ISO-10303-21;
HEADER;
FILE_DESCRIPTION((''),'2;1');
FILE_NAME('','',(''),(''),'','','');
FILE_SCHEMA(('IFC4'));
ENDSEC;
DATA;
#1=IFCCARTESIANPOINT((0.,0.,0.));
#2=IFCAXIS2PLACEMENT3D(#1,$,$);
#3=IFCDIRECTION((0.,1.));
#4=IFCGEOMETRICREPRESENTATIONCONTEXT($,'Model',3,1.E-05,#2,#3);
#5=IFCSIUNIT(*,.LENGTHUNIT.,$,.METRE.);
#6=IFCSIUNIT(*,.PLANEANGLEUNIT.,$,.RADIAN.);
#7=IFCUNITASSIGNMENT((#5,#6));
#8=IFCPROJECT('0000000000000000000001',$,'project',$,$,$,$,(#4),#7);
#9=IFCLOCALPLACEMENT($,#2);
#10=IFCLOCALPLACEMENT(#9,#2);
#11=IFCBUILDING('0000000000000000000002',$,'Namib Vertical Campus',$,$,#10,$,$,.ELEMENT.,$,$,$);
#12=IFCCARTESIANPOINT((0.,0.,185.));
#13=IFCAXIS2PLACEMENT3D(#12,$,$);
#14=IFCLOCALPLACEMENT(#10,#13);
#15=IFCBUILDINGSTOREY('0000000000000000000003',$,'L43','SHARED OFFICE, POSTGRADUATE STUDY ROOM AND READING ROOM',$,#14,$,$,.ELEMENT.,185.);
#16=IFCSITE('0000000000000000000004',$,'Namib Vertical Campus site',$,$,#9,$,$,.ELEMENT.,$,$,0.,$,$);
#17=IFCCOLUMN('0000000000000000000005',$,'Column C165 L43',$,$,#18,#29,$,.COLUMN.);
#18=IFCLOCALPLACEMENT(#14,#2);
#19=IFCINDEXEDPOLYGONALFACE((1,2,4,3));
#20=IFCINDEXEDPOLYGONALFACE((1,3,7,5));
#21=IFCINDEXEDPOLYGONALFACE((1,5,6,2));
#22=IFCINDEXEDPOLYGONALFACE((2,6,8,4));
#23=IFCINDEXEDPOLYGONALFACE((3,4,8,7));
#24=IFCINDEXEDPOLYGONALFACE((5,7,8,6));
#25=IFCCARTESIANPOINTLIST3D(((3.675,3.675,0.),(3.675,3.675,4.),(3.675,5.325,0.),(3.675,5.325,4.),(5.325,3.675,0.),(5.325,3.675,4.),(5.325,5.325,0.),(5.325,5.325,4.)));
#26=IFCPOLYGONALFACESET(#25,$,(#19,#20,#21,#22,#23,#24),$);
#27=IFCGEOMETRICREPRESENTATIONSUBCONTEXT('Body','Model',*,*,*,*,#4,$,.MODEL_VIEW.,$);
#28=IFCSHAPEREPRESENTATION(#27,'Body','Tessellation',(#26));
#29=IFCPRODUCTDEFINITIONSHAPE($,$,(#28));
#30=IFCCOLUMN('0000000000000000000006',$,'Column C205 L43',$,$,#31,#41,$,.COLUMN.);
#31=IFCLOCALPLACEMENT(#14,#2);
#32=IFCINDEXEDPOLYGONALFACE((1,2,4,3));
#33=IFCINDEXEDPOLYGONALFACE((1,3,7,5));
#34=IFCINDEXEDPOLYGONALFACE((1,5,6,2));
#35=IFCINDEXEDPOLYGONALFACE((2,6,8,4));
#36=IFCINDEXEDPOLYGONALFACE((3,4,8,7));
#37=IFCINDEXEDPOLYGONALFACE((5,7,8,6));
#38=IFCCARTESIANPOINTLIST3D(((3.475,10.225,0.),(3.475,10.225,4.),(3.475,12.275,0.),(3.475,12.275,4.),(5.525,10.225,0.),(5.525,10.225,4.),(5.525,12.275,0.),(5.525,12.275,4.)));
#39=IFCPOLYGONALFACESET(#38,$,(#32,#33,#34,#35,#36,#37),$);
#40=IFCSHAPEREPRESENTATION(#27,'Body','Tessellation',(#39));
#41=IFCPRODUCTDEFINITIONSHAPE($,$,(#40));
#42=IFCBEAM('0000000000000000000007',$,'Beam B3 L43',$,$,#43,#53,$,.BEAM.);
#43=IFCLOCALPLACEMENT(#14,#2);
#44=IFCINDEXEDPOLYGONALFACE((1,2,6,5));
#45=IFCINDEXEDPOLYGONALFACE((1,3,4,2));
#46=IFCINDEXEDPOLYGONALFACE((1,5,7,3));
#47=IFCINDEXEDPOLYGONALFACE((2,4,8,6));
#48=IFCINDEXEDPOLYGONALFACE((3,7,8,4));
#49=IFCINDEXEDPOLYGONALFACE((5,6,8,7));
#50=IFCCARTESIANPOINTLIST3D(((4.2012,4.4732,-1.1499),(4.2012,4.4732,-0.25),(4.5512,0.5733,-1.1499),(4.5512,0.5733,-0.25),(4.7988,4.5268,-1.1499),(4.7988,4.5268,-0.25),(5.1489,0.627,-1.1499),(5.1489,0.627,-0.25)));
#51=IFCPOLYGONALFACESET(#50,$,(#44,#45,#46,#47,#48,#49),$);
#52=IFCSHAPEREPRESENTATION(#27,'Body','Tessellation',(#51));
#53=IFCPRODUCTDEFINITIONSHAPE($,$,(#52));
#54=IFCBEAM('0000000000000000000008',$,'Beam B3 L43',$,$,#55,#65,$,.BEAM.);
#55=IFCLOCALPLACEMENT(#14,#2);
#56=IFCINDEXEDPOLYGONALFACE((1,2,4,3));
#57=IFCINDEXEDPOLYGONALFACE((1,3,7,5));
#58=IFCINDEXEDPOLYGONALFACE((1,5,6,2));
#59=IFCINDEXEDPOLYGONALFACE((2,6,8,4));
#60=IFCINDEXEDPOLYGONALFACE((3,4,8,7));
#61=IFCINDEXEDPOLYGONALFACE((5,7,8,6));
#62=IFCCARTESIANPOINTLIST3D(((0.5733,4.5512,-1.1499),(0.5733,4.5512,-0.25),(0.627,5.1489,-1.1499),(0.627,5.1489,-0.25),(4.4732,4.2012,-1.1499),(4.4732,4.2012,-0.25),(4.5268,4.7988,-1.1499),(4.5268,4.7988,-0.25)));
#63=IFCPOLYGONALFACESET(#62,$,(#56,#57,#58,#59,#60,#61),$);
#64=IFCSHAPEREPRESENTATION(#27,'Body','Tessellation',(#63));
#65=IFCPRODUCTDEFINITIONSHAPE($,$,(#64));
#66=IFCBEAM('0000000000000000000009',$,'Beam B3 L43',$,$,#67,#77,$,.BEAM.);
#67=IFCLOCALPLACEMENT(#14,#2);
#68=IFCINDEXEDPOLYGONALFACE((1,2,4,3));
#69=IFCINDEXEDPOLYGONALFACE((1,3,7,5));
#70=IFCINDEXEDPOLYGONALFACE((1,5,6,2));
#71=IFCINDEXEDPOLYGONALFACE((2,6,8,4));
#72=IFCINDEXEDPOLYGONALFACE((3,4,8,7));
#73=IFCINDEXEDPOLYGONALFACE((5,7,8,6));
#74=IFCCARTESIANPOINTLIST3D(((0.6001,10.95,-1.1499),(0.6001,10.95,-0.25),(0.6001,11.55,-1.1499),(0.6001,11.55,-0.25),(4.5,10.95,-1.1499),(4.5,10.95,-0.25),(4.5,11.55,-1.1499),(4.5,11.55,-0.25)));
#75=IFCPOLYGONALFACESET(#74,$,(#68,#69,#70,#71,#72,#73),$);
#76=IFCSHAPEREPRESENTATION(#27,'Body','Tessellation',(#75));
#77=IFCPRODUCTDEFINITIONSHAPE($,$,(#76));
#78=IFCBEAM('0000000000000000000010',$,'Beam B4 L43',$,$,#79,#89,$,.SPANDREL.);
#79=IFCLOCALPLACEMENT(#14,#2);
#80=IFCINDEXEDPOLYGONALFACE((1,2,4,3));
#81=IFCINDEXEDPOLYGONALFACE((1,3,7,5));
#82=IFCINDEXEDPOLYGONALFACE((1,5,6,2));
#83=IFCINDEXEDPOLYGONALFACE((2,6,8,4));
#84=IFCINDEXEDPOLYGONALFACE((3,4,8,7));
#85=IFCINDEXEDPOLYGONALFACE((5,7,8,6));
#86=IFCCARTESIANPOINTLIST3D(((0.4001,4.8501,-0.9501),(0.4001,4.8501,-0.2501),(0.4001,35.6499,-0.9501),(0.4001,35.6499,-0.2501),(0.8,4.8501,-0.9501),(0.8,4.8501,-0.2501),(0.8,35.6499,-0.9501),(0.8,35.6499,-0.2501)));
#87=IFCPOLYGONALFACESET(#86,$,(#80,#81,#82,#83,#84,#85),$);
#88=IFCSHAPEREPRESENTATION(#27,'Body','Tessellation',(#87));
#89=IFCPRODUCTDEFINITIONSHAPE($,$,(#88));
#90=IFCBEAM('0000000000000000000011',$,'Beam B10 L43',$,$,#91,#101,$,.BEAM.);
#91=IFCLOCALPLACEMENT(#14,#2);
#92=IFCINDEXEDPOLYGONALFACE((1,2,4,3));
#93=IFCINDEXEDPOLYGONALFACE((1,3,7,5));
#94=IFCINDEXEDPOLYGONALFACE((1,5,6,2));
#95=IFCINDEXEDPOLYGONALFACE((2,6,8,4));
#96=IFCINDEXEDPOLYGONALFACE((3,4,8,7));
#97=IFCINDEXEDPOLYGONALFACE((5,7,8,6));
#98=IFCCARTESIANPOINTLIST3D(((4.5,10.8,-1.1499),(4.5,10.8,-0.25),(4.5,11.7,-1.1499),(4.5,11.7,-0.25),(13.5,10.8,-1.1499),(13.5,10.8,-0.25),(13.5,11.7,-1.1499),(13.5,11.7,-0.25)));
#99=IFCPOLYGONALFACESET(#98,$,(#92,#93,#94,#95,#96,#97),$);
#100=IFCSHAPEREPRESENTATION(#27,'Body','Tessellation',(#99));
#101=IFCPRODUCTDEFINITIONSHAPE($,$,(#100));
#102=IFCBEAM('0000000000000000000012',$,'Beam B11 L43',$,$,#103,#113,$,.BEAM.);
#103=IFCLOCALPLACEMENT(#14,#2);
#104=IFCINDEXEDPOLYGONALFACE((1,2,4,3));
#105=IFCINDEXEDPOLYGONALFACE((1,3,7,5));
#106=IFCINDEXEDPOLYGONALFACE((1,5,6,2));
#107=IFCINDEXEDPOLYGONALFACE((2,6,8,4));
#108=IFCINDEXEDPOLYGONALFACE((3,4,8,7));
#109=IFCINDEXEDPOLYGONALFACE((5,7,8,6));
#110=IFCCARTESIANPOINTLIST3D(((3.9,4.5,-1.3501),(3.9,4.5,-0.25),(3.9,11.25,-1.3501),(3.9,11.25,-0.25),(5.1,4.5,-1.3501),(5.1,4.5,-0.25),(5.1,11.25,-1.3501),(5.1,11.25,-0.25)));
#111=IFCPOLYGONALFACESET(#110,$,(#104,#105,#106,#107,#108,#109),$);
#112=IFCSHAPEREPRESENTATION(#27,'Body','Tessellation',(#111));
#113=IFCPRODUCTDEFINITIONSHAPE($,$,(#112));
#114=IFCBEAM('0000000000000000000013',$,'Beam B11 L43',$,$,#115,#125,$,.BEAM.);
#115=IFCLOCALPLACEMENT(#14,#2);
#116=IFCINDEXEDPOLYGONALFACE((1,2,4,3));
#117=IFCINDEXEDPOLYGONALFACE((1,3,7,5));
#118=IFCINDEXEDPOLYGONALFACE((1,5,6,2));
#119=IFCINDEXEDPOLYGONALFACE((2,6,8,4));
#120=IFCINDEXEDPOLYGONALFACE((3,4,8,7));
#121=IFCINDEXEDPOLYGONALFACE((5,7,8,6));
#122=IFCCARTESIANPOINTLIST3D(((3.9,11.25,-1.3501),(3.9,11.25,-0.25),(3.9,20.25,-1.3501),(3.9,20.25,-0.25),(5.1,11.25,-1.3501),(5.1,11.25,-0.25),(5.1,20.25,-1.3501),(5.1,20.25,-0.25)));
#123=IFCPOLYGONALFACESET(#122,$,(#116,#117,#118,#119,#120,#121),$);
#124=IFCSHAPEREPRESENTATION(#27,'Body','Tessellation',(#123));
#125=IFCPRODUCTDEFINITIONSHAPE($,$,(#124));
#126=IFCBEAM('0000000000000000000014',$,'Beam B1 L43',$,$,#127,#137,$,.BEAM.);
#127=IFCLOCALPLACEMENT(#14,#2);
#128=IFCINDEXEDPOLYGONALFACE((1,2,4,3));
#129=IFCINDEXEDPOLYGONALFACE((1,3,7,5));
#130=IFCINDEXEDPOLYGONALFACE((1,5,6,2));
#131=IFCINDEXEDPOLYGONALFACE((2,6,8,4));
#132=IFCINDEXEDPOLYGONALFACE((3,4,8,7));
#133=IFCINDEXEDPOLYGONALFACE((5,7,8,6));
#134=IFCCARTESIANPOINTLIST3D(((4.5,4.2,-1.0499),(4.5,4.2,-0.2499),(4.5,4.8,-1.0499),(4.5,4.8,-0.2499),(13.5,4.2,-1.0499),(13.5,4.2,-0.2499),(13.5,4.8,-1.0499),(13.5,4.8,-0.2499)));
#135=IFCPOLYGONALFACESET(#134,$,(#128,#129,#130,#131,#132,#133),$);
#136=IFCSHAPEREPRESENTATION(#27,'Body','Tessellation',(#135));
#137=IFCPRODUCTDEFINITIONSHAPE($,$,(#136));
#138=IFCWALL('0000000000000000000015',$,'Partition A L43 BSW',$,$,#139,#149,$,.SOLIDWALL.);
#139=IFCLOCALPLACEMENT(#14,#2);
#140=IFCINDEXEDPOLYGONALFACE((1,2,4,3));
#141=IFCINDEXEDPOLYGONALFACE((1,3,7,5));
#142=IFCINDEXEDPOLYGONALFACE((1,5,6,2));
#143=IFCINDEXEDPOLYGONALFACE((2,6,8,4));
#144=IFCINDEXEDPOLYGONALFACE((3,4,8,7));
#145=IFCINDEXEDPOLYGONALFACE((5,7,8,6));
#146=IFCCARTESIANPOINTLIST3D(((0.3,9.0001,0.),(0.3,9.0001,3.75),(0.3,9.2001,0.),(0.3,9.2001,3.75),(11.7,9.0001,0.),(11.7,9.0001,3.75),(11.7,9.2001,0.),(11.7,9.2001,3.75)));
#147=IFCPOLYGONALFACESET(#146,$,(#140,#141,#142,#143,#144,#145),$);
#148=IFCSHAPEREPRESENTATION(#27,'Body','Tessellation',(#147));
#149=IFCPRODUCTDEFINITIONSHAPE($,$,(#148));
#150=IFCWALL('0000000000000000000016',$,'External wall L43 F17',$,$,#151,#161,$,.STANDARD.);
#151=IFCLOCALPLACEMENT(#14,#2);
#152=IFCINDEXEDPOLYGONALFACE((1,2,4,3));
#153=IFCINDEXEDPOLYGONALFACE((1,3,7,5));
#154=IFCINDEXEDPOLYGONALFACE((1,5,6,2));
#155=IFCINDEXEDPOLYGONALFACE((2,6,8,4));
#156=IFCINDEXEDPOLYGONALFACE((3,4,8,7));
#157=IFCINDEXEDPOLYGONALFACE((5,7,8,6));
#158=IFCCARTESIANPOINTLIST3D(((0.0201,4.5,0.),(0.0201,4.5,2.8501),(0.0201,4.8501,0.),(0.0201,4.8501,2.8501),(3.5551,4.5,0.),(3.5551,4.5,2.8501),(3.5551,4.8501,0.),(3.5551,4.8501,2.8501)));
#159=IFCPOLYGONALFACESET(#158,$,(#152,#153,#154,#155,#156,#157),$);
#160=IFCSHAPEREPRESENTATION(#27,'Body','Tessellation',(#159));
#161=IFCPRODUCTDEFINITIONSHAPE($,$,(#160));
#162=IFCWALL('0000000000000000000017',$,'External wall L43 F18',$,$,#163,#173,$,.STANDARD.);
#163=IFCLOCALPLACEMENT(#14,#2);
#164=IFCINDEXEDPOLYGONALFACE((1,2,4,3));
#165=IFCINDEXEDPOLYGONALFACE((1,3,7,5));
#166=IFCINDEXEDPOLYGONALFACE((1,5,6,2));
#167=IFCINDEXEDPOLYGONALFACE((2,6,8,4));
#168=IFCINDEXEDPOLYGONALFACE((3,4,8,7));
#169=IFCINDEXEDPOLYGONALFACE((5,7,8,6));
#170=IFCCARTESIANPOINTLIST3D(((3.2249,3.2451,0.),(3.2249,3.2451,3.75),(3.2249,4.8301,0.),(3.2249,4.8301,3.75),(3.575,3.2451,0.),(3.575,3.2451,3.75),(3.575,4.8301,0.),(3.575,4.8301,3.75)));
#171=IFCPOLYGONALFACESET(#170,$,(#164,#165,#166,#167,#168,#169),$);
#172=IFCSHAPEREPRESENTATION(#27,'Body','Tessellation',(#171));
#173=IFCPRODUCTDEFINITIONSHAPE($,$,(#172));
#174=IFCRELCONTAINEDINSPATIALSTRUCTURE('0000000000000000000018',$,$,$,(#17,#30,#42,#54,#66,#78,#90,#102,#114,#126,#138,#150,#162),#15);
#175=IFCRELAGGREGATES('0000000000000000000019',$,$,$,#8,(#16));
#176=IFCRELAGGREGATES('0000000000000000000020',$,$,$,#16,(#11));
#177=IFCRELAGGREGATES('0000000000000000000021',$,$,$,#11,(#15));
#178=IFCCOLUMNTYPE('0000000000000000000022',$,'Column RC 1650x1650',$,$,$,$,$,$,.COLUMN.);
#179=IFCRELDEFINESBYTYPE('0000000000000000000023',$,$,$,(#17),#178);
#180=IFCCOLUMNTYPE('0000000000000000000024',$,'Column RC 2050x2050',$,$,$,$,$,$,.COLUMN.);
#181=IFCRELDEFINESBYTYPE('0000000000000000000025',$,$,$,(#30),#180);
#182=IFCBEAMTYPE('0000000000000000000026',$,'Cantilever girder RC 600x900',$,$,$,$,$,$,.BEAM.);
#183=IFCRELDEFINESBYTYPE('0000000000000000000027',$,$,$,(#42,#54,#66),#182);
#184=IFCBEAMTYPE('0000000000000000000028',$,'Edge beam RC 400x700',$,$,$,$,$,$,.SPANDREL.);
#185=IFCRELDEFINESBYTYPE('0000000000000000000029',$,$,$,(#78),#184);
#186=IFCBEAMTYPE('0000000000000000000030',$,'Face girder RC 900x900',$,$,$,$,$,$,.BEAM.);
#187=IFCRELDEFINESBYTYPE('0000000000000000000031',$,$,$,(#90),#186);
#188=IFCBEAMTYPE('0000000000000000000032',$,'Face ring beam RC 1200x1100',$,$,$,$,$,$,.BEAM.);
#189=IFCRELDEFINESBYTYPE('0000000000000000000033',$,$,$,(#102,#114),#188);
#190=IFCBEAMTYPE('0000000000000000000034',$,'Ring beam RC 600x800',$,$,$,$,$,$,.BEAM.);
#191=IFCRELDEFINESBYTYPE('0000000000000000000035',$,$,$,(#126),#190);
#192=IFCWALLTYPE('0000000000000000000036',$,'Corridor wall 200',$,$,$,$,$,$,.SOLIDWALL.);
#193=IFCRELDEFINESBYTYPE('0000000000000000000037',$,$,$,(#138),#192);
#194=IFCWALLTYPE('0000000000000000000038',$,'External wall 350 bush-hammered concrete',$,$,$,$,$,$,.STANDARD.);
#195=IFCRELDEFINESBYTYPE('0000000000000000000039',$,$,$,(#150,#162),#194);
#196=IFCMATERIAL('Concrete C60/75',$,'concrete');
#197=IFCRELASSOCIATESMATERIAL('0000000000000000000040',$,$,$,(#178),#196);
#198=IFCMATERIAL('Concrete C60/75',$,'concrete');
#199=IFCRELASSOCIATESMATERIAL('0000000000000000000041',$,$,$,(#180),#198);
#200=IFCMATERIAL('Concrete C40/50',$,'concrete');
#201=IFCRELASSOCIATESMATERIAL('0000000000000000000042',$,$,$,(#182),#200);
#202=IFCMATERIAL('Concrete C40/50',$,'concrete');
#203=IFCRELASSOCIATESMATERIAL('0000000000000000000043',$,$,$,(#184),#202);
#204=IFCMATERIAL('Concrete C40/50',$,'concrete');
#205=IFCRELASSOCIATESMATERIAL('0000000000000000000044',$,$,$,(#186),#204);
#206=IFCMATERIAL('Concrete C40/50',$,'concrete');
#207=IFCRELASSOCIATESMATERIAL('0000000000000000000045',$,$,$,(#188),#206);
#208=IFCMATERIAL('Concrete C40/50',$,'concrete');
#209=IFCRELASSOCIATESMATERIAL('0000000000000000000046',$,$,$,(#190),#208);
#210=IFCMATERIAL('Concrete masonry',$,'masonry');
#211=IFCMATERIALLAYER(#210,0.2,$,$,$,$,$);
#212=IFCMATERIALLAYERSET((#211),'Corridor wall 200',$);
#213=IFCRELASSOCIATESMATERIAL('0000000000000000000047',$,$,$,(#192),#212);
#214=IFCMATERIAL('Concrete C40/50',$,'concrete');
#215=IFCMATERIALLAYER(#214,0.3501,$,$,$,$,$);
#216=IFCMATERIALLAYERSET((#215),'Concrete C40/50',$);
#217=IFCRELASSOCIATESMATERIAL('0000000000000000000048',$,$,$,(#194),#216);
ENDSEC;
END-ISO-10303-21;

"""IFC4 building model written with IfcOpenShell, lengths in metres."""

from ifc_helpers import new_model, si_unit, direction, frame, frame_2d, origin, origin_2d, place, context, subcontext, project, spatial, rectangle, extrude, material, layer, layer_set, material_profile, profile_set, type_object, element, save


model = new_model("IFC4")

# Units and contexts
model_context = context("Model", 3, precision=1e-05, world=origin(), true_north=direction((0.0, 1.0)))
body_context = subcontext(model_context, "Body", "Model", "MODEL_VIEW")
ifc_project = project(units=[si_unit("LENGTHUNIT", "METRE"), si_unit("PLANEANGLEUNIT", "RADIAN")], contexts=[model_context])

# Site, building, storey
site_placement = place(None, origin())
site = spatial("IfcSite", under=ifc_project, at=site_placement, Name="Namib Vertical Campus site", CompositionType="ELEMENT", RefElevation=0.0)
building_placement = place(site_placement, origin())
building = spatial("IfcBuilding", under=site, at=building_placement, Name="Namib Vertical Campus", CompositionType="ELEMENT")
storey_placement = place(building_placement, frame((0.0, 0.0, 185.0)))
storey = spatial("IfcBuildingStorey", under=building, at=storey_placement, Name="L43", Description="SHARED OFFICE, POSTGRADUATE STUDY ROOM AND READING ROOM", CompositionType="ELEMENT", Elevation=185.0)

# Columns
ifc_material_1 = material(Name="Concrete C60/75", Category="concrete")
ifc_material_profile_1 = material_profile(ifc_material_1, rectangle(XDim=1.6499, YDim=1.6499, at=origin_2d()))
ifc_profile_set_1 = profile_set([ifc_material_profile_1], Name="Concrete C60/75")
column_type_1 = type_object("IfcColumnType", Name="Column RC 1650x1650", PredefinedType="COLUMN", material=ifc_profile_set_1)
column_1_placement = place(storey_placement, frame((4.5, 4.5, 0.0), z_axis=(0.0, 0.0, 1.0), x_axis=(1.0, 0.0, 0.0)))
element("IfcColumn", 1, at=column_1_placement, inside=storey, type_object=column_type_1, Name="Column C165 L43", PredefinedType="COLUMN", context=body_context, shape_type="SweptSolid", body=[
    extrude(rectangle(XDim=1.6499, YDim=1.6499, at=origin_2d()), origin(), (0.0, 0.0, 1.0), 4.0),
])
ifc_material_2 = material(Name="Concrete C60/75", Category="concrete")
ifc_material_profile_2 = material_profile(ifc_material_2, rectangle(XDim=2.05, YDim=2.05, at=origin_2d()))
ifc_profile_set_2 = profile_set([ifc_material_profile_2], Name="Concrete C60/75")
column_type_2 = type_object("IfcColumnType", Name="Column RC 2050x2050", PredefinedType="COLUMN", material=ifc_profile_set_2)
column_2_placement = place(storey_placement, frame((4.5, 11.25, 0.0), z_axis=(0.0, 0.0, 1.0), x_axis=(1.0, 0.0, 0.0)))
element("IfcColumn", 2, at=column_2_placement, inside=storey, type_object=column_type_2, Name="Column C205 L43", PredefinedType="COLUMN", context=body_context, shape_type="SweptSolid", body=[
    extrude(rectangle(XDim=2.05, YDim=2.05, at=origin_2d()), origin(), (0.0, 0.0, 1.0), 4.0),
])

# Beams
ifc_material_3 = material(Name="Concrete C40/50", Category="concrete")
ifc_material_profile_3 = material_profile(ifc_material_3, rectangle(XDim=0.6001, YDim=0.8999, at=origin_2d()))
ifc_profile_set_3 = profile_set([ifc_material_profile_3], Name="Concrete C40/50")
beam_type_1 = type_object("IfcBeamType", Name="Cantilever girder RC 600x900", PredefinedType="BEAM", material=ifc_profile_set_3)
for number, where, z_axis, x_axis, name in (
    (3, (4.5, 4.5, -0.7), (0.089411, -0.995995, 0.0), (0.995995, 0.089411, 0.0), "Beam B3 L43"),
    (4, (4.5, 4.5, -0.7), (-0.995995, 0.089411, 0.0), (-0.089411, -0.995995, 0.0), "Beam B3 L43"),
):
    element("IfcBeam", number, at=place(storey_placement, frame(where, z_axis=z_axis, x_axis=x_axis)), inside=storey, type_object=beam_type_1, Name=name, PredefinedType="BEAM", context=body_context, shape_type="SweptSolid", body=[
        extrude(rectangle(XDim=0.6001, YDim=0.8999, at=origin_2d()), origin(), (0.0, 0.0, 1.0), 3.9155),
    ])
beam_1_placement = place(storey_placement, frame((4.5, 11.25, -0.7), z_axis=(-1.0, 0.0, 0.0), x_axis=(0.0, -1.0, 0.0)))
element("IfcBeam", 5, at=beam_1_placement, inside=storey, type_object=beam_type_1, Name="Beam B3 L43", PredefinedType="BEAM", context=body_context, shape_type="SweptSolid", body=[
    extrude(rectangle(XDim=0.6001, YDim=0.8999, at=origin_2d()), origin(), (0.0, 0.0, 1.0), 3.8999),
])
ifc_material_4 = material(Name="Concrete C40/50", Category="concrete")
ifc_material_profile_4 = material_profile(ifc_material_4, rectangle(XDim=0.3999, YDim=0.7, at=origin_2d()))
ifc_profile_set_4 = profile_set([ifc_material_profile_4], Name="Concrete C40/50")
beam_type_2 = type_object("IfcBeamType", Name="Edge beam RC 400x700", PredefinedType="SPANDREL", material=ifc_profile_set_4)
beam_2_placement = place(storey_placement, frame((0.6001, 4.8501, -0.6001), z_axis=(0.0, 1.0, 0.0), x_axis=(-1.0, 0.0, 0.0)))
element("IfcBeam", 6, at=beam_2_placement, inside=storey, type_object=beam_type_2, Name="Beam B4 L43", PredefinedType="SPANDREL", context=body_context, shape_type="SweptSolid", body=[
    extrude(rectangle(XDim=0.3999, YDim=0.7, at=origin_2d()), origin(), (0.0, 0.0, 1.0), 30.7998),
])
ifc_material_5 = material(Name="Concrete C40/50", Category="concrete")
ifc_material_profile_5 = material_profile(ifc_material_5, rectangle(XDim=0.8999, YDim=0.8999, at=origin_2d()))
ifc_profile_set_5 = profile_set([ifc_material_profile_5], Name="Concrete C40/50")
beam_type_3 = type_object("IfcBeamType", Name="Face girder RC 900x900", PredefinedType="BEAM", material=ifc_profile_set_5)
beam_3_placement = place(storey_placement, frame((4.5, 11.25, -0.7), z_axis=(1.0, 0.0, 0.0), x_axis=(0.0, 1.0, 0.0)))
element("IfcBeam", 7, at=beam_3_placement, inside=storey, type_object=beam_type_3, Name="Beam B10 L43", PredefinedType="BEAM", context=body_context, shape_type="SweptSolid", body=[
    extrude(rectangle(XDim=0.8999, YDim=0.8999, at=origin_2d()), origin(), (0.0, 0.0, 1.0), 9.0),
])
ifc_material_6 = material(Name="Concrete C40/50", Category="concrete")
ifc_material_profile_6 = material_profile(ifc_material_6, rectangle(XDim=1.2, YDim=1.1001, at=origin_2d()))
ifc_profile_set_6 = profile_set([ifc_material_profile_6], Name="Concrete C40/50")
beam_type_4 = type_object("IfcBeamType", Name="Face ring beam RC 1200x1100", PredefinedType="BEAM", material=ifc_profile_set_6)
beam_4_placement = place(storey_placement, frame((4.5, 4.5, -0.8), z_axis=(0.0, 1.0, 0.0), x_axis=(-1.0, 0.0, 0.0)))
element("IfcBeam", 8, at=beam_4_placement, inside=storey, type_object=beam_type_4, Name="Beam B11 L43", PredefinedType="BEAM", context=body_context, shape_type="SweptSolid", body=[
    extrude(rectangle(XDim=1.2, YDim=1.1001, at=origin_2d()), origin(), (0.0, 0.0, 1.0), 6.75),
])
beam_5_placement = place(storey_placement, frame((4.5, 11.25, -0.8), z_axis=(0.0, 1.0, 0.0), x_axis=(-1.0, 0.0, 0.0)))
element("IfcBeam", 9, at=beam_5_placement, inside=storey, type_object=beam_type_4, Name="Beam B11 L43", PredefinedType="BEAM", context=body_context, shape_type="SweptSolid", body=[
    extrude(rectangle(XDim=1.2, YDim=1.1001, at=origin_2d()), origin(), (0.0, 0.0, 1.0), 9.0),
])
ifc_material_7 = material(Name="Concrete C40/50", Category="concrete")
ifc_material_profile_7 = material_profile(ifc_material_7, rectangle(XDim=0.6001, YDim=0.8, at=origin_2d()))
ifc_profile_set_7 = profile_set([ifc_material_profile_7], Name="Concrete C40/50")
beam_type_5 = type_object("IfcBeamType", Name="Ring beam RC 600x800", PredefinedType="BEAM", material=ifc_profile_set_7)
beam_6_placement = place(storey_placement, frame((4.5, 4.5, -0.6499), z_axis=(1.0, 0.0, 0.0), x_axis=(0.0, 1.0, 0.0)))
element("IfcBeam", 10, at=beam_6_placement, inside=storey, type_object=beam_type_5, Name="Beam B1 L43", PredefinedType="BEAM", context=body_context, shape_type="SweptSolid", body=[
    extrude(rectangle(XDim=0.6001, YDim=0.8, at=origin_2d()), origin(), (0.0, 0.0, 1.0), 9.0),
])

# Walls
ifc_material_8 = material(Name="Concrete masonry", Category="masonry")
ifc_layer_1 = layer(ifc_material_8, 0.2)
ifc_layer_set_1 = layer_set([ifc_layer_1], Name="Corridor wall 200")
wall_type_1 = type_object("IfcWallType", Name="Corridor wall 200", PredefinedType="SOLIDWALL", material=ifc_layer_set_1)
wall_1_placement = place(storey_placement, frame((0.3, 9.1001, 0.0), z_axis=(0.0, 0.0, 1.0), x_axis=(1.0, 0.0, 0.0)))
element("IfcWall", 11, at=wall_1_placement, inside=storey, type_object=wall_type_1, Name="Partition A L43 BSW", PredefinedType="SOLIDWALL", context=body_context, shape_type="SweptSolid", body=[
    extrude(rectangle(XDim=11.3999, YDim=0.2, at=frame_2d((5.7, 0.0))), origin(), (0.0, 0.0, 1.0), 3.75),
])
ifc_material_9 = material(Name="Concrete C40/50", Category="concrete")
ifc_layer_2 = layer(ifc_material_9, 0.3501)
ifc_layer_set_2 = layer_set([ifc_layer_2], Name="Concrete C40/50")
wall_type_2 = type_object("IfcWallType", Name="External wall 350 bush-hammered concrete", PredefinedType="STANDARD", material=ifc_layer_set_2)
wall_2_placement = place(storey_placement, frame((0.02, 4.675, 0.0), z_axis=(0.0, 0.0, 1.0), x_axis=(1.0, 0.0, 0.0)))
element("IfcWall", 12, at=wall_2_placement, inside=storey, type_object=wall_type_2, Name="External wall L43 F17", PredefinedType="STANDARD", context=body_context, shape_type="SweptSolid", body=[
    extrude(rectangle(XDim=3.5349, YDim=0.3501, at=frame_2d((1.7676, 0.0))), origin(), (0.0, 0.0, 1.0), 2.8501),
])
for number, where, z_axis, x_axis, name in (
    (13, (3.3999, 4.8301, 0.0), (0.0, 0.0, 1.0), (0.0, -1.0, 0.0), "External wall L43 F18"),
):
    element("IfcWall", number, at=place(storey_placement, frame(where, z_axis=z_axis, x_axis=x_axis)), inside=storey, type_object=wall_type_2, Name=name, PredefinedType="STANDARD", context=body_context, shape_type="SweptSolid", body=[
        extrude(rectangle(XDim=1.585, YDim=0.3501, at=frame_2d((0.7925, 0.0))), origin(), (0.0, 0.0, 1.0), 3.75),
    ])

save(model, "model.ifc")
